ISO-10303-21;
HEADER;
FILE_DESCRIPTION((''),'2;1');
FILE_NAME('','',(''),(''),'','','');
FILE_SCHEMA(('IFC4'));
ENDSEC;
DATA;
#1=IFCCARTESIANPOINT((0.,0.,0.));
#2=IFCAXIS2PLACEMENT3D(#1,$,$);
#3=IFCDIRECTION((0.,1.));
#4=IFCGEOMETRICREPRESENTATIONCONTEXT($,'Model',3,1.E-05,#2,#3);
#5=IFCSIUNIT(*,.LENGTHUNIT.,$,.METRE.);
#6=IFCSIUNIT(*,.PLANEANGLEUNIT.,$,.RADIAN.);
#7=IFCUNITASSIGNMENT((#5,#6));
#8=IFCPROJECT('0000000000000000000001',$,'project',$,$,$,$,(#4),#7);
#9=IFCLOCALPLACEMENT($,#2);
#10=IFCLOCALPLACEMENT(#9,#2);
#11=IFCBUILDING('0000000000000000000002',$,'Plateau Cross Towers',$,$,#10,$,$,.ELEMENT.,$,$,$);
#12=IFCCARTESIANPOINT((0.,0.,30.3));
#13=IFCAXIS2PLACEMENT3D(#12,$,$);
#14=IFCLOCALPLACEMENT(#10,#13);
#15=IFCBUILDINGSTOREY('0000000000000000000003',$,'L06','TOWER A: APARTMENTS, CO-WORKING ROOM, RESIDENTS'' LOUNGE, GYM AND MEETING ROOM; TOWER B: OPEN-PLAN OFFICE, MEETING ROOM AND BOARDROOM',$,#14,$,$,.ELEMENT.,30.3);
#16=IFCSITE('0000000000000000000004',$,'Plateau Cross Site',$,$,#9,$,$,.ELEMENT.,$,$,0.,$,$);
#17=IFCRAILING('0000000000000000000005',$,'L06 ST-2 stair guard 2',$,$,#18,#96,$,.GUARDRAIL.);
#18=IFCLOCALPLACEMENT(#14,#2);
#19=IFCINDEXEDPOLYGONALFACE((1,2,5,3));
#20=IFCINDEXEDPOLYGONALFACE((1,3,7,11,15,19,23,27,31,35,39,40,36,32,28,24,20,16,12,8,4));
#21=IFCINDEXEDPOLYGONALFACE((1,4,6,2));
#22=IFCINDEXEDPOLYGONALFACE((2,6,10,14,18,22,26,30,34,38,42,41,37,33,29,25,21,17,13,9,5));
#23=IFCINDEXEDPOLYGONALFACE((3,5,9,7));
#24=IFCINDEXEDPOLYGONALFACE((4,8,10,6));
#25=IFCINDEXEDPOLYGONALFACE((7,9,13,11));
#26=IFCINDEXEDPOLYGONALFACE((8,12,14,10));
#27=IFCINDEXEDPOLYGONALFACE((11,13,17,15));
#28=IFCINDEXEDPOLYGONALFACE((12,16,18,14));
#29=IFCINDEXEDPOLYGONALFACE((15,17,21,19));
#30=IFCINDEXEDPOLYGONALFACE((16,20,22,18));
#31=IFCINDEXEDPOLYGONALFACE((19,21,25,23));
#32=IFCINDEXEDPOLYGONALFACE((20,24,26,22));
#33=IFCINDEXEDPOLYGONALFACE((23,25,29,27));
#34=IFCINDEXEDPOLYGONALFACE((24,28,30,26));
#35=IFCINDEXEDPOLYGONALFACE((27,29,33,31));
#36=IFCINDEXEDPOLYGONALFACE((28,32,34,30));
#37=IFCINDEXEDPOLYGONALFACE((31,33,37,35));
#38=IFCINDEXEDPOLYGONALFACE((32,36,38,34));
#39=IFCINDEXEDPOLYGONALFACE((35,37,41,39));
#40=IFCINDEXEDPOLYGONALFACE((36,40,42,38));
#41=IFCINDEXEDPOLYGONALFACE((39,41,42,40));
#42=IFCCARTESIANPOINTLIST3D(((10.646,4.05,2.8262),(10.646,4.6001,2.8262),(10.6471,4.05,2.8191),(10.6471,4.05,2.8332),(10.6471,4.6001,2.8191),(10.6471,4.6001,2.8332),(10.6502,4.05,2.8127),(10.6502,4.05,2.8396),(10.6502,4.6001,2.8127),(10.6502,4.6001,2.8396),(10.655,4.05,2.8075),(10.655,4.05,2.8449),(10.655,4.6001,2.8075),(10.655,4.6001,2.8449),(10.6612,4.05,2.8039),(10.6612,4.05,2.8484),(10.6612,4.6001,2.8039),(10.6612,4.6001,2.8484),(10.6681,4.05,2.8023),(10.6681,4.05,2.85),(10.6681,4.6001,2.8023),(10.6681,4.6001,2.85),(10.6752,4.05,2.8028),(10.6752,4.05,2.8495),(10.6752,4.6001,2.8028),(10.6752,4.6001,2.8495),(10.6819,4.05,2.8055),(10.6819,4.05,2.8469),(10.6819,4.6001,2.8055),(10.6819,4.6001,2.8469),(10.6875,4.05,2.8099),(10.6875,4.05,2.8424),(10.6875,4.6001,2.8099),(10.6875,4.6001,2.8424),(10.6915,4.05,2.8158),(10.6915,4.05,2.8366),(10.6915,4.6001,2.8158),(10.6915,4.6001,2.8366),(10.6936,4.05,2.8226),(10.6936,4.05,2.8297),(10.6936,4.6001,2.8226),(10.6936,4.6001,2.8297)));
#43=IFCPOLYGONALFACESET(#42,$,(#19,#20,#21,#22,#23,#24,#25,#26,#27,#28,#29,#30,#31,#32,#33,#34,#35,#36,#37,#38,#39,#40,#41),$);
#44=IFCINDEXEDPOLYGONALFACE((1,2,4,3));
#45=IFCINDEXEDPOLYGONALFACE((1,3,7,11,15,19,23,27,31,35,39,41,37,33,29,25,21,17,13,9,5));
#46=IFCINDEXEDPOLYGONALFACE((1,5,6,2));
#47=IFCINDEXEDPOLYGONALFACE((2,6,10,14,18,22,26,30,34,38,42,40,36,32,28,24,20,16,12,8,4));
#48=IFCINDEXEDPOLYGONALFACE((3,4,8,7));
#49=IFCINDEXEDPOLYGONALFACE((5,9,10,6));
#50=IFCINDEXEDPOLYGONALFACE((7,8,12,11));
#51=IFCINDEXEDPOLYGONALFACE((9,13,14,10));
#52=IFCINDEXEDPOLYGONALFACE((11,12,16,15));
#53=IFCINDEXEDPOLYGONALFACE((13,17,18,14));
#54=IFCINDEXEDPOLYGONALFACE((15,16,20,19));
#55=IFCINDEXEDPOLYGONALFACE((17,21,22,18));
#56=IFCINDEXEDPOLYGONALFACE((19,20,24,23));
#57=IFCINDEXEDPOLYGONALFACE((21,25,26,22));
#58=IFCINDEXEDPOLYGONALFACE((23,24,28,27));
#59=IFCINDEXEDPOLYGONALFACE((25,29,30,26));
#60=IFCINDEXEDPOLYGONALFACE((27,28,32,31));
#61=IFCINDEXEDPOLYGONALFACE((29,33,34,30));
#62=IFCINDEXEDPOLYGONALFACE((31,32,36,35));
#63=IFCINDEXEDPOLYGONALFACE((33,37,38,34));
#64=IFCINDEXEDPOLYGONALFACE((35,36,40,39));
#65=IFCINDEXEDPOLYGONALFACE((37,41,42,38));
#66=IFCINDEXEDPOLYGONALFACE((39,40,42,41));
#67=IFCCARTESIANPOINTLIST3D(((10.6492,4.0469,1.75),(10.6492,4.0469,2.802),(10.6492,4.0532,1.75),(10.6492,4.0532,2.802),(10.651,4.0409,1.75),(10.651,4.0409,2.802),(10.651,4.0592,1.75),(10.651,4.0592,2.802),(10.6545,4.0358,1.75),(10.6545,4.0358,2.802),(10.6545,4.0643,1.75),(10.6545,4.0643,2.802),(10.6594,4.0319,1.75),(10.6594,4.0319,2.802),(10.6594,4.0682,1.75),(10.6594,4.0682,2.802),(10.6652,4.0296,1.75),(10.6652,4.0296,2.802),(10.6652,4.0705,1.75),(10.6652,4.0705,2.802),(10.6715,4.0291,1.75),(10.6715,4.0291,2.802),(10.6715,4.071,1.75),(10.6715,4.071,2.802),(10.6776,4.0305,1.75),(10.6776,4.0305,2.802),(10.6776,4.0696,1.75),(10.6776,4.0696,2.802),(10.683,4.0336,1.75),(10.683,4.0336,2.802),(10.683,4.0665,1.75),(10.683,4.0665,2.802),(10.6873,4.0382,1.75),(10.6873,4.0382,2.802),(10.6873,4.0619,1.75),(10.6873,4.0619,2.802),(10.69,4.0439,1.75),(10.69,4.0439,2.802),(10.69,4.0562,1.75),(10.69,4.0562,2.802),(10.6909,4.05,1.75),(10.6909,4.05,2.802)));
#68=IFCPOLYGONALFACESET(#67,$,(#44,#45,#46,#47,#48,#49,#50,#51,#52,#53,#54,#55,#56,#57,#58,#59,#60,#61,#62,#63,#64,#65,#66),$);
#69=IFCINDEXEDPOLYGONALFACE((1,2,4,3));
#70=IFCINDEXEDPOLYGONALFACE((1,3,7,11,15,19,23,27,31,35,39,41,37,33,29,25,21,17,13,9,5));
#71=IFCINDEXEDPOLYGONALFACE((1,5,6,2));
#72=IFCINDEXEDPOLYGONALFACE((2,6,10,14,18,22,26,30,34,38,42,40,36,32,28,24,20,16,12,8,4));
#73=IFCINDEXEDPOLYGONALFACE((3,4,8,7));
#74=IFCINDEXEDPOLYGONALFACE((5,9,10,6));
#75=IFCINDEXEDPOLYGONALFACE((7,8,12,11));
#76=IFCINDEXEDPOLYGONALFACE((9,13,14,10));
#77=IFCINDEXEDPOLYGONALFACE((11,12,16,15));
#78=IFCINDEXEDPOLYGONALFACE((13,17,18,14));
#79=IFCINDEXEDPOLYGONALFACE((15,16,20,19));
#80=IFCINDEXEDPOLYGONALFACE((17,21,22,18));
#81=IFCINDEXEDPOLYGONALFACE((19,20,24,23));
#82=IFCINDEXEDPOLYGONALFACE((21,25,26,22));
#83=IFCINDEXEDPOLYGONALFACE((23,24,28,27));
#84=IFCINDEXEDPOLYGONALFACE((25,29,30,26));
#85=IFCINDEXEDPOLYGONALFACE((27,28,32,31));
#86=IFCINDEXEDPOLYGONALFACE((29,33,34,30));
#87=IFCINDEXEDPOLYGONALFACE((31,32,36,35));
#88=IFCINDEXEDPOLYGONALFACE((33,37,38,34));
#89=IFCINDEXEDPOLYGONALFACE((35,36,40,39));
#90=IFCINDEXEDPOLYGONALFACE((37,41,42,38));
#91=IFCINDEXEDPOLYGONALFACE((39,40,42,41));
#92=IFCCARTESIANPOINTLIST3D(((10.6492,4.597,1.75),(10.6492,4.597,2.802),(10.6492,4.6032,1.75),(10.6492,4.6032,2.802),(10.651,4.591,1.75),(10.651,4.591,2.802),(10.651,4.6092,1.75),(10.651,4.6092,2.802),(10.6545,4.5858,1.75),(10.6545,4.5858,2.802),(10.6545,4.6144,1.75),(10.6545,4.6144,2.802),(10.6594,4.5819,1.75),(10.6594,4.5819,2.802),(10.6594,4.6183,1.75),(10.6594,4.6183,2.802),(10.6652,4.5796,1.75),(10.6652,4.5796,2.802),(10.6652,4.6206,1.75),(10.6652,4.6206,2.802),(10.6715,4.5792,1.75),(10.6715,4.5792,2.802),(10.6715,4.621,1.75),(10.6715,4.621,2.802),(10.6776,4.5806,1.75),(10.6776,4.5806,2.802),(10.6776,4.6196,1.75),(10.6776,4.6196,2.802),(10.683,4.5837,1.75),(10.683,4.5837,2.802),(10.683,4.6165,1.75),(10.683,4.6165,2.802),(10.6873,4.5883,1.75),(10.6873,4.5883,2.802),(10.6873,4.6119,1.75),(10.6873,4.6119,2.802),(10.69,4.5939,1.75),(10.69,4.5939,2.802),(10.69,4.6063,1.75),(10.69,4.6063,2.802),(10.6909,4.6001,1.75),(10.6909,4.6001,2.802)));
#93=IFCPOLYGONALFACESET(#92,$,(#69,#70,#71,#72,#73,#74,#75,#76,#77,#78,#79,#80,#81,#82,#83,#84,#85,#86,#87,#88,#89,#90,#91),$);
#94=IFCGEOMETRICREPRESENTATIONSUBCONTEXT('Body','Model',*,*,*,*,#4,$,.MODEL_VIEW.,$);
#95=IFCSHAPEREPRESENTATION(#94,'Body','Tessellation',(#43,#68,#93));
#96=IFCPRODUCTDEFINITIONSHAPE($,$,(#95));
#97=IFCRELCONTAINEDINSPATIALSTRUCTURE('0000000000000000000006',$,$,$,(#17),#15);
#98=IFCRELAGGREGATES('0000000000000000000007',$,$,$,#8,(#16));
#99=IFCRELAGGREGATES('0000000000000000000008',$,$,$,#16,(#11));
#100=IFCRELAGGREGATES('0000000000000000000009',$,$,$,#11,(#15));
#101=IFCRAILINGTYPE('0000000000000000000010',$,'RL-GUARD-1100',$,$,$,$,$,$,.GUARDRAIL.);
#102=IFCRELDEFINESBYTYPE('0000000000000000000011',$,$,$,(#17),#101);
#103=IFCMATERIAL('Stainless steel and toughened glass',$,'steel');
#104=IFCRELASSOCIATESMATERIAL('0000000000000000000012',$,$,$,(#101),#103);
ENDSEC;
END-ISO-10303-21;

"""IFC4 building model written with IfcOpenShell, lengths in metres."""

from ifc_helpers import new_model, si_unit, direction, frame, origin, origin_2d, place, context, subcontext, project, spatial, circle, extrude, material, type_object, element, save


model = new_model("IFC4")

# Units and contexts
model_context = context("Model", 3, precision=1e-05, world=origin(), true_north=direction((0.0, 1.0)))
body_context = subcontext(model_context, "Body", "Model", "MODEL_VIEW")
ifc_project = project(units=[si_unit("LENGTHUNIT", "METRE"), si_unit("PLANEANGLEUNIT", "RADIAN")], contexts=[model_context])

# Site, building, storey
site_placement = place(None, origin())
site = spatial("IfcSite", under=ifc_project, at=site_placement, Name="Plateau Cross Site", CompositionType="ELEMENT", RefElevation=0.0)
building_placement = place(site_placement, origin())
building = spatial("IfcBuilding", under=site, at=building_placement, Name="Plateau Cross Towers", CompositionType="ELEMENT")
storey_placement = place(building_placement, frame((0.0, 0.0, 30.3)))
storey = spatial("IfcBuildingStorey", under=building, at=storey_placement, Name="L06", Description="TOWER A: APARTMENTS, CO-WORKING ROOM, RESIDENTS' LOUNGE, GYM AND MEETING ROOM; TOWER B: OPEN-PLAN OFFICE, MEETING ROOM AND BOARDROOM", CompositionType="ELEMENT", Elevation=30.3)

# Railing
ifc_material_1 = material(Name="Stainless steel and toughened glass", Category="steel")
railing_type_1 = type_object("IfcRailingType", Name="RL-GUARD-1100", PredefinedType="GUARDRAIL", material=ifc_material_1)
railing_1_placement = place(storey_placement, frame((10.6699, 4.05, 1.75)))
element("IfcRailing", 1, at=railing_1_placement, inside=storey, type_object=railing_type_1, Name="L06 ST-2 stair guard 2", PredefinedType="GUARDRAIL", context=body_context, shape_type="SweptSolid", body=[
    extrude(circle(Radius=0.0239, at=origin_2d()), frame((0.0, 0.0, 1.0762), z_axis=(0.0, 1.0, 0.0), x_axis=(-1.0, 0.0, 0.0)), (0.0, 0.0, 1.0), 0.55),
    extrude(circle(Radius=0.021, at=origin_2d()), origin(), (0.0, 0.0, 1.0), 1.052),
    extrude(circle(Radius=0.021, at=origin_2d()), frame((0.0, 0.55, 0.0)), (0.0, 0.0, 1.0), 1.052),
])

save(model, "model.ifc")
